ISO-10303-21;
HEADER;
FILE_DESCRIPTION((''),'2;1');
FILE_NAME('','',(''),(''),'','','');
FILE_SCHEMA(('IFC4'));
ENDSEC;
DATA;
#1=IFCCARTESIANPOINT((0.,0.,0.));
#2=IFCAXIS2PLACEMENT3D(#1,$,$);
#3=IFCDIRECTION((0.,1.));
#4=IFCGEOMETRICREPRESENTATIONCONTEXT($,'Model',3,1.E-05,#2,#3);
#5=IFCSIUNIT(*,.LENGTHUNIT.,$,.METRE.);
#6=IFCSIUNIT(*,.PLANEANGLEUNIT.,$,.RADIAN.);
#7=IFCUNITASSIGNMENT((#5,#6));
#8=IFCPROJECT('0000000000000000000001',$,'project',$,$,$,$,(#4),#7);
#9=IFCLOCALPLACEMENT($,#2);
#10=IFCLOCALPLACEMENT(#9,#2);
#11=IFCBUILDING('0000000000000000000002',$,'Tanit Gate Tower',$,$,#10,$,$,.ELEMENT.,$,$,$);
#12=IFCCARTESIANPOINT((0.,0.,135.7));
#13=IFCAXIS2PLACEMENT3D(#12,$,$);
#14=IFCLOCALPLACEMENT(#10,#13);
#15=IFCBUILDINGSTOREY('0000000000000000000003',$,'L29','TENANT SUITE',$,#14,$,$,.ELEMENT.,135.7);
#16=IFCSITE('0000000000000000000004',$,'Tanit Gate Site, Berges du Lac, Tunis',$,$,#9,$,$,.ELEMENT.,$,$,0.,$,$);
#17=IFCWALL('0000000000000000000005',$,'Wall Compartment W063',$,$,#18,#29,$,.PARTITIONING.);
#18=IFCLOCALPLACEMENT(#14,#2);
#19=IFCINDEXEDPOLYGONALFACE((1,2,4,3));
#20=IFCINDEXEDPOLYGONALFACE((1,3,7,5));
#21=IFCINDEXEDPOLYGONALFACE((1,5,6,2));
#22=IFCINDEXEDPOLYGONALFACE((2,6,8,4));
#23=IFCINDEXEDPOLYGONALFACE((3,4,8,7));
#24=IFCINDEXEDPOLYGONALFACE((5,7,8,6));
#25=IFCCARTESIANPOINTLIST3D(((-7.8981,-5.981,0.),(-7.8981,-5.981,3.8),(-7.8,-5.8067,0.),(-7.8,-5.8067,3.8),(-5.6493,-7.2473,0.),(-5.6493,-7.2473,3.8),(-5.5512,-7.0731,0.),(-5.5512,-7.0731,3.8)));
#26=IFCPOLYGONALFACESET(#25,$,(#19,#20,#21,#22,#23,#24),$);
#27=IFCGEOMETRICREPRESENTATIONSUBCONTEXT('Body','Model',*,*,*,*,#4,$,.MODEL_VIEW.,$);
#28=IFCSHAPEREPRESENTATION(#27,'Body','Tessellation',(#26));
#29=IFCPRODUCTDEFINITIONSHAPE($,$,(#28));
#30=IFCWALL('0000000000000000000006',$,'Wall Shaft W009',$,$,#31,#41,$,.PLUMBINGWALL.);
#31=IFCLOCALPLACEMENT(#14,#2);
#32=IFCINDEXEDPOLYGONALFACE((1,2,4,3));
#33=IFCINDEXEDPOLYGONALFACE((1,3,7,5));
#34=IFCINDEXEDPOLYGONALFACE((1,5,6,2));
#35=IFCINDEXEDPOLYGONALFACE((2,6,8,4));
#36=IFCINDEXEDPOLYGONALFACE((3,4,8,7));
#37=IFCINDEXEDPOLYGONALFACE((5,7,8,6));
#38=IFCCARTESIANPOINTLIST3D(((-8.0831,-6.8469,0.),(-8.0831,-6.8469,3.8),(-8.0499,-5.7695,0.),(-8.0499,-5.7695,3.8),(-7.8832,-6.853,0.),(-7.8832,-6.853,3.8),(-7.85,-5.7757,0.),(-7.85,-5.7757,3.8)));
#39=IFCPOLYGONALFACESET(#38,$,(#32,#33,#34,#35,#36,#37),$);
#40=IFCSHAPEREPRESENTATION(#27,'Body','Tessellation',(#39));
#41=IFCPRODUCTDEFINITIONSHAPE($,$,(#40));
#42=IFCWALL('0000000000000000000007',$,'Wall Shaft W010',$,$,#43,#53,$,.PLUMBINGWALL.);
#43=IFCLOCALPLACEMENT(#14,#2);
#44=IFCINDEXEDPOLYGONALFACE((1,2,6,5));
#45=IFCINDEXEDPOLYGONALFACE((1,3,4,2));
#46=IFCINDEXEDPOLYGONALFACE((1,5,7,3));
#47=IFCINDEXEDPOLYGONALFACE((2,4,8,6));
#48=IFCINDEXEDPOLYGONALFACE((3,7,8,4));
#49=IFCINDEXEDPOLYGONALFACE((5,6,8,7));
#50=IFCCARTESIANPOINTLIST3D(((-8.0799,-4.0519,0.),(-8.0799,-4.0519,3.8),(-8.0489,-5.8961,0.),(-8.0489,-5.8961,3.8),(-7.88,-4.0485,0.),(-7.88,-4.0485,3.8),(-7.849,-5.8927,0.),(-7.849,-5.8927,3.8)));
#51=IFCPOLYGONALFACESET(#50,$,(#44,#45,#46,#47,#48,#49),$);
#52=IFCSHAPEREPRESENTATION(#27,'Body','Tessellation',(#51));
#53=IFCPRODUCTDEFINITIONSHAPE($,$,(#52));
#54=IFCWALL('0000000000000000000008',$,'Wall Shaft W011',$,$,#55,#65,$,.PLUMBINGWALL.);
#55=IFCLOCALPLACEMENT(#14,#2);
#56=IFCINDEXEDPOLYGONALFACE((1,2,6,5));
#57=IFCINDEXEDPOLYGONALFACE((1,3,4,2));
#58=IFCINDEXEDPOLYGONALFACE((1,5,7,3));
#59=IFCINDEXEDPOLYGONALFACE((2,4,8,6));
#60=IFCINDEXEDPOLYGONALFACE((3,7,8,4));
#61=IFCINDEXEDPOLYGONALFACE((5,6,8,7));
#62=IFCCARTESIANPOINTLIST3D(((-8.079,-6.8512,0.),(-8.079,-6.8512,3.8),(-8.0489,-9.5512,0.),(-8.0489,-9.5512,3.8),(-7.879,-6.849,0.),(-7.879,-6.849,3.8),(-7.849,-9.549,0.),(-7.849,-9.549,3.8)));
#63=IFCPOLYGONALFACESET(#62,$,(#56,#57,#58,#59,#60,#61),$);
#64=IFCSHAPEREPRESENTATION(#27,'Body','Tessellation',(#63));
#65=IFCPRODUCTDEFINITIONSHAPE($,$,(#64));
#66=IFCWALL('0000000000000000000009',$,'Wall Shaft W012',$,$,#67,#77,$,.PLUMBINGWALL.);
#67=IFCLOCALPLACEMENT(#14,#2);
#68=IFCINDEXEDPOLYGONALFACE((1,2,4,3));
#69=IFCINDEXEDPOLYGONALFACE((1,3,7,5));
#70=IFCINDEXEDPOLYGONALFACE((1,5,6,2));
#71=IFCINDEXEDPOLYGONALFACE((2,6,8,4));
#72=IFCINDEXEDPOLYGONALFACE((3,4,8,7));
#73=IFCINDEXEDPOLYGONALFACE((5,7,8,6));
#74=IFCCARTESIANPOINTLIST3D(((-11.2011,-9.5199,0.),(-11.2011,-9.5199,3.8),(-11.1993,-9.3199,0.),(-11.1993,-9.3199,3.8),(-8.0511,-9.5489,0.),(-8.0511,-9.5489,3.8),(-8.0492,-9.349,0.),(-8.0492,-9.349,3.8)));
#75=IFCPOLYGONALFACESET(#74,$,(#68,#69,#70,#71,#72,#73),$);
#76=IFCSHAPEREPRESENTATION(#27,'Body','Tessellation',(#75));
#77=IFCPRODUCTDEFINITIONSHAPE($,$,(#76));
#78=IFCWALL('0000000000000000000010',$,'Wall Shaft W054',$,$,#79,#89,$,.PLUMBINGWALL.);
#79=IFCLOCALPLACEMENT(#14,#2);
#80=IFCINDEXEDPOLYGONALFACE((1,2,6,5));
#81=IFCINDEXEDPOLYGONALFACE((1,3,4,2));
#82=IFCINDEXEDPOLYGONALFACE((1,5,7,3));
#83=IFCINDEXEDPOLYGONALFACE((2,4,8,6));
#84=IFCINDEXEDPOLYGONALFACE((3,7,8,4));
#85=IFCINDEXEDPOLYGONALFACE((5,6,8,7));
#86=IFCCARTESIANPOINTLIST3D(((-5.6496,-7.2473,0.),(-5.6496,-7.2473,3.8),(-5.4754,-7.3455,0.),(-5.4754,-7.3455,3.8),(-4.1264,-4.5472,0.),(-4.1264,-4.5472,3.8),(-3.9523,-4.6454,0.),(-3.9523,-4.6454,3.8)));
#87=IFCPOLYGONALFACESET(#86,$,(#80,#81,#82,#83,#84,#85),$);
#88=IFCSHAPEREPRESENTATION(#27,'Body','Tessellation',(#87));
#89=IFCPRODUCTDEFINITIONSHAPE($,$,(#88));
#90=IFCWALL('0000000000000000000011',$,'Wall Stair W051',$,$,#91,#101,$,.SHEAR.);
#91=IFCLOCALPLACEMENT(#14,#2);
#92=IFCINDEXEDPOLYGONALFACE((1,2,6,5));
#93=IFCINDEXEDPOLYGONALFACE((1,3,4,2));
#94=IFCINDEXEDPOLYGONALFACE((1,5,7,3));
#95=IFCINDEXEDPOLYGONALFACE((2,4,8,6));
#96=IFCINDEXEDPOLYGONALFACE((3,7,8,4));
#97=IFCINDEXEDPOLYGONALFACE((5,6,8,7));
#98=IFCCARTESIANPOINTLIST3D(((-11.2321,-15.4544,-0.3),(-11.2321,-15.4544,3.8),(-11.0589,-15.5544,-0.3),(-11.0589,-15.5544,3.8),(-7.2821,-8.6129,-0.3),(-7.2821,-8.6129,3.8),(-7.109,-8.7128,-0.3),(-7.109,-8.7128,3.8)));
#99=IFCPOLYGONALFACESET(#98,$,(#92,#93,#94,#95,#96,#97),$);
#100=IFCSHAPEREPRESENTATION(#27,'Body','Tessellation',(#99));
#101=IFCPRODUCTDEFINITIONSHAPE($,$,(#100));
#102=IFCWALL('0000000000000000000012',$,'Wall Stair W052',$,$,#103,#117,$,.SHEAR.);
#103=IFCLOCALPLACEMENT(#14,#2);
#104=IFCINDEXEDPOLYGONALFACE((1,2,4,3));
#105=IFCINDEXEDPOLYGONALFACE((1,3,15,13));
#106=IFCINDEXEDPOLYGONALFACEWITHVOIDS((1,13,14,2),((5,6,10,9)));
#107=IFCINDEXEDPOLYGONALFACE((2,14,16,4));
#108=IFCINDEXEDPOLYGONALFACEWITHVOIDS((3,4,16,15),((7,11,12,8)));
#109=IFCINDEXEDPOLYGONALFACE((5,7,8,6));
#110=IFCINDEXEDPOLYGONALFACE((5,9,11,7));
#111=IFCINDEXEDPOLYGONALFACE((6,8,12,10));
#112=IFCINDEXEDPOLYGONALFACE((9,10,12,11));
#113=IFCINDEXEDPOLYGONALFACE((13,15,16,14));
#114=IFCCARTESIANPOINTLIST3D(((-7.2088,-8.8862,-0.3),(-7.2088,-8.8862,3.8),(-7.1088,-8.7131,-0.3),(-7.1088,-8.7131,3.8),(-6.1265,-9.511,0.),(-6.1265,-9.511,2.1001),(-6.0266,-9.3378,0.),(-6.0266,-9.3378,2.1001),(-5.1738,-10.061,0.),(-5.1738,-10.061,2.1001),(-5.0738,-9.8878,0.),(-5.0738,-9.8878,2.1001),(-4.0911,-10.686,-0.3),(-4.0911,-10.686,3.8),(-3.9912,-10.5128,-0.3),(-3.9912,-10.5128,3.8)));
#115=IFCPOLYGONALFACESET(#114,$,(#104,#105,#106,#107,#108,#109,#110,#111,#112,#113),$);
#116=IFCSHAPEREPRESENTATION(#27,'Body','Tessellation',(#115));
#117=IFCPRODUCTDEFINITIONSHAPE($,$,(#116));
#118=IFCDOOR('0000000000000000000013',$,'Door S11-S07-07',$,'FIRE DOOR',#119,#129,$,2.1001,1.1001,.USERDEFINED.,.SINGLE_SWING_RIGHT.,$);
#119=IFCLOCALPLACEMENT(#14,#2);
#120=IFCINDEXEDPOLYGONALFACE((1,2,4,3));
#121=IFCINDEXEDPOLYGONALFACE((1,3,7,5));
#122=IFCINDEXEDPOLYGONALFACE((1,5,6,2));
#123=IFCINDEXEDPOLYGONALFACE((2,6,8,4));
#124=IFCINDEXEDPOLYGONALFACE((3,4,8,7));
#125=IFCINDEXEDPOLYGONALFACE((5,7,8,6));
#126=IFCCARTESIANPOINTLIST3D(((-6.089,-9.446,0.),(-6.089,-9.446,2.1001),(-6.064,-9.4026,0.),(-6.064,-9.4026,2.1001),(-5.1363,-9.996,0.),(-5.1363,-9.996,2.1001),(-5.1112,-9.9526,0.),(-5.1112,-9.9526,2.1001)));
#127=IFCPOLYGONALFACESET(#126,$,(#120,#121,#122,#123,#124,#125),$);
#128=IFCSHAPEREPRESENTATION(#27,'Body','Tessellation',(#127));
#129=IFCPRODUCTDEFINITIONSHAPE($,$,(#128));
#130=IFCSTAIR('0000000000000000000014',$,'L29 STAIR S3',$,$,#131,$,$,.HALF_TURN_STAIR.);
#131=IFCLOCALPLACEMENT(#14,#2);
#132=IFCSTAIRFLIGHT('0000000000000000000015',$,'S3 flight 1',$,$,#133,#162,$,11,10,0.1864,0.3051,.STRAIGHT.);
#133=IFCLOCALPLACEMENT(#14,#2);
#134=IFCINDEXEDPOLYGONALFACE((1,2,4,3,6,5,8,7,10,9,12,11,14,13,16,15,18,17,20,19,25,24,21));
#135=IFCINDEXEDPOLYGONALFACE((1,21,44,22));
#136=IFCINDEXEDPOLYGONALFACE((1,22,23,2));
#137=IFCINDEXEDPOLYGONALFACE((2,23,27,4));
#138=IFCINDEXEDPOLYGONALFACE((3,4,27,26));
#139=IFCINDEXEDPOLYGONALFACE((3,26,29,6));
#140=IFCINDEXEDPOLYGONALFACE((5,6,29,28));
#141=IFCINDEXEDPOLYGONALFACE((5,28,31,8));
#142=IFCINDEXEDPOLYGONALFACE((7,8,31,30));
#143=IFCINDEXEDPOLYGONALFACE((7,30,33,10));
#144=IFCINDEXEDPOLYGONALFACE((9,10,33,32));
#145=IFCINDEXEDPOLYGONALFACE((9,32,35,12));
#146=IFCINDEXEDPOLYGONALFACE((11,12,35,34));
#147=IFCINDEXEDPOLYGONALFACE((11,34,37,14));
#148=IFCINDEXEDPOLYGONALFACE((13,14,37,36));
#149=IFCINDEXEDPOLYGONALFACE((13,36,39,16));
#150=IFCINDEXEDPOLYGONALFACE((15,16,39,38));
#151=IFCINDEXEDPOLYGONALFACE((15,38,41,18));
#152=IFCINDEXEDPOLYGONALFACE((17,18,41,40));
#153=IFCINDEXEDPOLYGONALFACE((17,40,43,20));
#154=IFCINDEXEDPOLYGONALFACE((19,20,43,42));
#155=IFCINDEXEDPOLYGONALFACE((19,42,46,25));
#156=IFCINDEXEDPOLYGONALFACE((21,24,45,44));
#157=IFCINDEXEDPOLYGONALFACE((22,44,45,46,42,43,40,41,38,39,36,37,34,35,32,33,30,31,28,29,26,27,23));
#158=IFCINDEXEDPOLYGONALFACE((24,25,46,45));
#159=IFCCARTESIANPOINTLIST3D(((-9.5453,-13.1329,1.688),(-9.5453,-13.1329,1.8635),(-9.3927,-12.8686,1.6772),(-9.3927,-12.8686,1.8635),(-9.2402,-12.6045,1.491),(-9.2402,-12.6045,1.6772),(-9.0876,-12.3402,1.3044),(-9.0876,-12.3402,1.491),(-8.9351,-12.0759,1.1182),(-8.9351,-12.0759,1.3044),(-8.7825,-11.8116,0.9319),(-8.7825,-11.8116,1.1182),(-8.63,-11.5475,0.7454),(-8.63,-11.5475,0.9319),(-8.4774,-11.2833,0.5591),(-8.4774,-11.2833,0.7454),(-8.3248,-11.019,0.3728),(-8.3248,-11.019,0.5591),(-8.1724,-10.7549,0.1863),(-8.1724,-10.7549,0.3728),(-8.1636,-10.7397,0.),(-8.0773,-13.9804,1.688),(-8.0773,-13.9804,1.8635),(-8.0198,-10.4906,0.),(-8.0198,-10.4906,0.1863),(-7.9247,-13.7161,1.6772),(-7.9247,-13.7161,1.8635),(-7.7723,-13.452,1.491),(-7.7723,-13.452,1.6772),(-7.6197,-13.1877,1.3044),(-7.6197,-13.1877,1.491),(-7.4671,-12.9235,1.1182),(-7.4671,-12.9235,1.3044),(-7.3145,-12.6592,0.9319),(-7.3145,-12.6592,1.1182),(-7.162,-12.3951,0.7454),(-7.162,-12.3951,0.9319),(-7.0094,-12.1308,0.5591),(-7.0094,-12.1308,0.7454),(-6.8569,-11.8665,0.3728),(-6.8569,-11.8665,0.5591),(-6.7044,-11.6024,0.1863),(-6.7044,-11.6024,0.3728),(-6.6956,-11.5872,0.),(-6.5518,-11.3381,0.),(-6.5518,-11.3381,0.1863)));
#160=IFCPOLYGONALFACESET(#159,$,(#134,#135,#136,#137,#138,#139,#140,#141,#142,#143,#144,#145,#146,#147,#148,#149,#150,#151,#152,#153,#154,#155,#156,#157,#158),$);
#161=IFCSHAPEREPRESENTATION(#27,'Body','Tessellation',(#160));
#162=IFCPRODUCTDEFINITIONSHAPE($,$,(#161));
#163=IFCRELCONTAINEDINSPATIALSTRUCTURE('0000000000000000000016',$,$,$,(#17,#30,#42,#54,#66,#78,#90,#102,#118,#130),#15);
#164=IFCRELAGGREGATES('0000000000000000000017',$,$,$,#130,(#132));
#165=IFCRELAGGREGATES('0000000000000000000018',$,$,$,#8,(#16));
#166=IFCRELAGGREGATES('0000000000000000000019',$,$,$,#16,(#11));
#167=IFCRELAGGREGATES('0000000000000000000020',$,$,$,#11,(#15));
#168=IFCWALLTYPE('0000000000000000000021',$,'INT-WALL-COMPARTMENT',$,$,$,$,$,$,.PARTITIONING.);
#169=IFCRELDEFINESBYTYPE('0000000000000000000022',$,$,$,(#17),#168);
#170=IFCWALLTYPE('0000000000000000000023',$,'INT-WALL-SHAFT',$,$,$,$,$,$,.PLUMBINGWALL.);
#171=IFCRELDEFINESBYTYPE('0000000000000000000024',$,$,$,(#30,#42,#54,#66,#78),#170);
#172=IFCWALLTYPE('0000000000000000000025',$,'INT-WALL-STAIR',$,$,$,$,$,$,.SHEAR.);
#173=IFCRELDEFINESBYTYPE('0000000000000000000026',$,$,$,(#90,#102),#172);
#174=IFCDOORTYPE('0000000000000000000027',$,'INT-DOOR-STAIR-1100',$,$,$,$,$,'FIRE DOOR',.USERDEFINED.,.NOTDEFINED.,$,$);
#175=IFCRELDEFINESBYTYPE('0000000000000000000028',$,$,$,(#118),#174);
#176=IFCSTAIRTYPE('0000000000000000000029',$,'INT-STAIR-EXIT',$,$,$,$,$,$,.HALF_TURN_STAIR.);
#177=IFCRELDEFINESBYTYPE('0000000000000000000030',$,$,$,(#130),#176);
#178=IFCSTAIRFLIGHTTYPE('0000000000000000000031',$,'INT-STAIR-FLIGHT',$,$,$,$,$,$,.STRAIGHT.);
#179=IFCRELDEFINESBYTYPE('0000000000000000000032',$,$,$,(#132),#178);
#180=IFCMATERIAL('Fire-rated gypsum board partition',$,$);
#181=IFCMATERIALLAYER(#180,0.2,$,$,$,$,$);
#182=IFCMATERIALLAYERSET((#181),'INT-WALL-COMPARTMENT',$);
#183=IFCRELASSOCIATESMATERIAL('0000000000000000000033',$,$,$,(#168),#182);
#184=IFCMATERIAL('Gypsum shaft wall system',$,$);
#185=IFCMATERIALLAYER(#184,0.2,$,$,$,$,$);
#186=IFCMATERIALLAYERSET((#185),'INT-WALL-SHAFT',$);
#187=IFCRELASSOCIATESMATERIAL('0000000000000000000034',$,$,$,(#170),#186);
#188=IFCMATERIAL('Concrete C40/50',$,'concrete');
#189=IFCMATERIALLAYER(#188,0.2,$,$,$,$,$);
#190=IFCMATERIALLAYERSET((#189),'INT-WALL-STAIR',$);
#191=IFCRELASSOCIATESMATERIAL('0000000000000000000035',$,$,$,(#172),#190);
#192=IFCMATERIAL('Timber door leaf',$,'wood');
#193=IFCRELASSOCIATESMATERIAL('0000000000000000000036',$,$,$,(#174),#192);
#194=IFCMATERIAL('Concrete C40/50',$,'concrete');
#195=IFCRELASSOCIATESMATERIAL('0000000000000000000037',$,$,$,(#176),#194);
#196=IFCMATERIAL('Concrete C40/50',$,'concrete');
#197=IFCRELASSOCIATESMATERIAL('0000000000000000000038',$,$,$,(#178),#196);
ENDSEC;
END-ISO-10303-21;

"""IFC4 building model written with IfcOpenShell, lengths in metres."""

from ifc_helpers import new_model, si_unit, direction, frame, frame_2d, origin, place, context, subcontext, project, spatial, polyline, rectangle, outline, extrude, material, layer, layer_set, type_object, element, fill, aggregate, save


model = new_model("IFC4")

# Units and contexts
model_context = context("Model", 3, precision=1e-05, world=origin(), true_north=direction((0.0, 1.0)))
body_context = subcontext(model_context, "Body", "Model", "MODEL_VIEW")
ifc_project = project(units=[si_unit("LENGTHUNIT", "METRE"), si_unit("PLANEANGLEUNIT", "RADIAN")], contexts=[model_context])

# Site, building, storey
site_placement = place(None, origin())
site = spatial("IfcSite", under=ifc_project, at=site_placement, Name="Tanit Gate Site, Berges du Lac, Tunis", CompositionType="ELEMENT", RefElevation=0.0)
building_placement = place(site_placement, origin())
building = spatial("IfcBuilding", under=site, at=building_placement, Name="Tanit Gate Tower", CompositionType="ELEMENT")
storey_placement = place(building_placement, frame((0.0, 0.0, 135.7)))
storey = spatial("IfcBuildingStorey", under=building, at=storey_placement, Name="L29", Description="TENANT SUITE", CompositionType="ELEMENT", Elevation=135.7)

# Walls
ifc_material_1 = material(Name="Fire-rated gypsum board partition")
ifc_layer_1 = layer(ifc_material_1, 0.2)
ifc_layer_set_1 = layer_set([ifc_layer_1], Name="INT-WALL-COMPARTMENT")
wall_type_1 = type_object("IfcWallType", Name="INT-WALL-COMPARTMENT", PredefinedType="PARTITIONING", material=ifc_layer_set_1)
wall_1_placement = place(storey_placement, frame((-7.8491, -5.8938, 0.0), z_axis=(0.0, 0.0, 1.0), x_axis=(0.87134, -0.490679, 0.0)))
element("IfcWall", 1, at=wall_1_placement, inside=storey, type_object=wall_type_1, Name="Wall Compartment W063", PredefinedType="PARTITIONING", context=body_context, shape_type="SweptSolid", body=[
    extrude(rectangle(XDim=2.5808, YDim=0.2, at=frame_2d((1.2905, 0.0))), origin(), (0.0, 0.0, 1.0), 3.8),
])
ifc_material_2 = material(Name="Gypsum shaft wall system")
ifc_layer_2 = layer(ifc_material_2, 0.2)
ifc_layer_set_2 = layer_set([ifc_layer_2], Name="INT-WALL-SHAFT")
wall_type_2 = type_object("IfcWallType", Name="INT-WALL-SHAFT", PredefinedType="PLUMBINGWALL", material=ifc_layer_set_2)
wall_2_placement = place(storey_placement, frame((-7.95, -5.7725, 0.0), z_axis=(0.0, 0.0, 1.0), x_axis=(-0.030803, -0.999525, 0.0)))
element("IfcWall", 2, at=wall_2_placement, inside=storey, type_object=wall_type_2, Name="Wall Shaft W009", PredefinedType="PLUMBINGWALL", context=body_context, shape_type="SweptSolid", body=[
    extrude(rectangle(XDim=1.0779, YDim=0.2, at=frame_2d((0.5391, 0.0))), origin(), (0.0, 0.0, 1.0), 3.8),
])
wall_3_placement = place(storey_placement, frame((-7.98, -4.05, 0.0), z_axis=(0.0, 0.0, 1.0), x_axis=(0.01681, -0.999859, 0.0)))
element("IfcWall", 3, at=wall_3_placement, inside=storey, type_object=wall_type_2, Name="Wall Shaft W010", PredefinedType="PLUMBINGWALL", context=body_context, shape_type="SweptSolid", body=[
    extrude(rectangle(XDim=1.8445, YDim=0.2, at=frame_2d((0.9224, 0.0))), origin(), (0.0, 0.0, 1.0), 3.8),
])
wall_4_placement = place(storey_placement, frame((-7.979, -6.8501, 0.0), z_axis=(0.0, 0.0, 1.0), x_axis=(0.011121, -0.999938, 0.0)))
element("IfcWall", 4, at=wall_4_placement, inside=storey, type_object=wall_type_2, Name="Wall Shaft W011", PredefinedType="PLUMBINGWALL", context=body_context, shape_type="SweptSolid", body=[
    extrude(rectangle(XDim=2.7002, YDim=0.2, at=frame_2d((1.3501, 0.0))), origin(), (0.0, 0.0, 1.0), 3.8),
])
wall_5_placement = place(storey_placement, frame((-8.05, -9.449, 0.0), z_axis=(0.0, 0.0, 1.0), x_axis=(-0.999957, 0.009223, 0.0)))
element("IfcWall", 5, at=wall_5_placement, inside=storey, type_object=wall_type_2, Name="Wall Shaft W012", PredefinedType="PLUMBINGWALL", context=body_context, shape_type="SweptSolid", body=[
    extrude(rectangle(XDim=3.1501, YDim=0.2, at=frame_2d((1.5752, 0.0))), origin(), (0.0, 0.0, 1.0), 3.8),
])
wall_6_placement = place(storey_placement, frame((-5.5625, -7.2964, 0.0), z_axis=(0.0, 0.0, 1.0), x_axis=(0.491323, 0.870978, 0.0)))
element("IfcWall", 6, at=wall_6_placement, inside=storey, type_object=wall_type_2, Name="Wall Shaft W054", PredefinedType="PLUMBINGWALL", context=body_context, shape_type="SweptSolid", body=[
    extrude(rectangle(XDim=3.1001, YDim=0.2, at=frame_2d((1.55, 0.0))), origin(), (0.0, 0.0, 1.0), 3.8),
])
ifc_material_3 = material(Name="Concrete C40/50", Category="concrete")
ifc_layer_3 = layer(ifc_material_3, 0.2)
ifc_layer_set_3 = layer_set([ifc_layer_3], Name="INT-WALL-STAIR")
wall_type_3 = type_object("IfcWallType", Name="INT-WALL-STAIR", PredefinedType="SHEAR", material=ifc_layer_set_3)
wall_7_placement = place(storey_placement, frame((-7.1956, -8.6628, -0.3), z_axis=(0.0, 0.0, 1.0), x_axis=(-0.499998, -0.866027, 0.0)))
element("IfcWall", 7, at=wall_7_placement, inside=storey, type_object=wall_type_3, Name="Wall Stair W051", PredefinedType="SHEAR", context=body_context, shape_type="SweptSolid", body=[
    extrude(rectangle(XDim=7.8999, YDim=0.2, at=frame_2d((3.95, 0.0))), origin(), (0.0, 0.0, 1.0), 4.1001),
])

# Wall, opening, door
wall_8_placement = place(storey_placement, frame((-4.0413, -10.5994, -0.3), z_axis=(0.0, 0.0, 1.0), x_axis=(-0.866048, 0.499961, 0.0)))
wall_8 = element("IfcWall", 8, at=wall_8_placement, inside=storey, type_object=wall_type_3, Name="Wall Stair W052", PredefinedType="SHEAR", context=body_context, shape_type="SweptSolid", body=[
    extrude(rectangle(XDim=3.5999, YDim=0.2, at=frame_2d((1.7998, 0.0))), origin(), (0.0, 0.0, 1.0), 4.1001),
])
opening_placement = place(wall_8_placement, frame((1.25, 0.0, 0.3)))
opening = element("IfcOpeningElement", 9, at=opening_placement, cuts=wall_8, PredefinedType="OPENING", context=body_context, shape_type="SweptSolid", body=[
    extrude(rectangle(XDim=1.1001, YDim=2.1001, at=frame_2d((0.55, 1.05))), frame((0.0, 0.1099, 0.0), z_axis=(0.0, -1.0, 0.0), x_axis=(1.0, 0.0, 0.0)), (0.0, 0.0, 1.0), 0.22),
])
ifc_material_4 = material(Name="Timber door leaf", Category="wood")
door_type = type_object("IfcDoorType", Name="INT-DOOR-STAIR-1100", ElementType="FIRE DOOR", OperationType="NOTDEFINED", PredefinedType="USERDEFINED", material=ifc_material_4)
door_placement = place(opening_placement, origin())
door = element("IfcDoor", 10, at=door_placement, inside=storey, type_object=door_type, Name="Door S11-S07-07", ObjectType="FIRE DOOR", OperationType="SINGLE_SWING_RIGHT", OverallHeight=2.1001, OverallWidth=1.1001, PredefinedType="USERDEFINED", context=body_context, shape_type="SweptSolid", body=[
    extrude(rectangle(XDim=1.1001, YDim=2.1001, at=frame_2d((0.55, 1.05))), frame((0.0, 0.0249, 0.0), z_axis=(0.0, -1.0, 0.0), x_axis=(1.0, 0.0, 0.0)), (0.0, 0.0, 1.0), 0.05),
])
fill(opening, door)

# Stair, stair flight
ifc_material_5 = material(Name="Concrete C40/50", Category="concrete")
stair_type = type_object("IfcStairType", Name="INT-STAIR-EXIT", PredefinedType="HALF_TURN_STAIR", material=ifc_material_5)
stair_placement = place(storey_placement, origin())
stair = element("IfcStair", 11, at=stair_placement, inside=storey, type_object=stair_type, Name="L29 STAIR S3", PredefinedType="HALF_TURN_STAIR")
ifc_material_6 = material(Name="Concrete C40/50", Category="concrete")
stair_flight_type = type_object("IfcStairFlightType", Name="INT-STAIR-FLIGHT", PredefinedType="STRAIGHT", material=ifc_material_6)
stair_flight_placement = place(storey_placement, frame((-7.2859, -10.9143, 0.0), z_axis=(0.0, 0.0, 1.0), x_axis=(-0.5, -0.866025, 0.0)))
stair_flight = element("IfcStairFlight", 12, at=stair_flight_placement, type_object=stair_flight_type, Name="S3 flight 1", NumberOfRisers=11, NumberOfTreads=10, PredefinedType="STRAIGHT", RiserHeight=0.1864, TreadLength=0.3051, context=body_context, shape_type="SweptSolid", body=[
    extrude(outline(polyline([(0.0, 0.0), (0.0, 0.1863), (0.3052, 0.1863), (0.3052, 0.3728), (0.6101, 0.3728), (0.6101, 0.5591), (0.9153, 0.5591), (0.9153, 0.7454), (1.2205, 0.7454), (1.2205, 0.9319), (1.5254, 0.9319), (1.5254, 1.1182), (1.8306, 1.1182), (1.8306, 1.3044), (2.1357, 1.3044), (2.1357, 1.491), (2.4409, 1.491), (2.4409, 1.6772), (2.7458, 1.6772), (2.7458, 1.8635), (3.051, 1.8635), (3.051, 2.05), (3.051, 1.688), (0.2876, 0.0), (0.0, 0.0)])), frame((0.0, 0.8477, 0.0), z_axis=(0.0, -1.0, 0.0), x_axis=(1.0, 0.0, 0.0)), (0.0, 0.0, 1.0), 1.6951),
])
aggregate(stair, [stair_flight])

save(model, "model.ifc")
